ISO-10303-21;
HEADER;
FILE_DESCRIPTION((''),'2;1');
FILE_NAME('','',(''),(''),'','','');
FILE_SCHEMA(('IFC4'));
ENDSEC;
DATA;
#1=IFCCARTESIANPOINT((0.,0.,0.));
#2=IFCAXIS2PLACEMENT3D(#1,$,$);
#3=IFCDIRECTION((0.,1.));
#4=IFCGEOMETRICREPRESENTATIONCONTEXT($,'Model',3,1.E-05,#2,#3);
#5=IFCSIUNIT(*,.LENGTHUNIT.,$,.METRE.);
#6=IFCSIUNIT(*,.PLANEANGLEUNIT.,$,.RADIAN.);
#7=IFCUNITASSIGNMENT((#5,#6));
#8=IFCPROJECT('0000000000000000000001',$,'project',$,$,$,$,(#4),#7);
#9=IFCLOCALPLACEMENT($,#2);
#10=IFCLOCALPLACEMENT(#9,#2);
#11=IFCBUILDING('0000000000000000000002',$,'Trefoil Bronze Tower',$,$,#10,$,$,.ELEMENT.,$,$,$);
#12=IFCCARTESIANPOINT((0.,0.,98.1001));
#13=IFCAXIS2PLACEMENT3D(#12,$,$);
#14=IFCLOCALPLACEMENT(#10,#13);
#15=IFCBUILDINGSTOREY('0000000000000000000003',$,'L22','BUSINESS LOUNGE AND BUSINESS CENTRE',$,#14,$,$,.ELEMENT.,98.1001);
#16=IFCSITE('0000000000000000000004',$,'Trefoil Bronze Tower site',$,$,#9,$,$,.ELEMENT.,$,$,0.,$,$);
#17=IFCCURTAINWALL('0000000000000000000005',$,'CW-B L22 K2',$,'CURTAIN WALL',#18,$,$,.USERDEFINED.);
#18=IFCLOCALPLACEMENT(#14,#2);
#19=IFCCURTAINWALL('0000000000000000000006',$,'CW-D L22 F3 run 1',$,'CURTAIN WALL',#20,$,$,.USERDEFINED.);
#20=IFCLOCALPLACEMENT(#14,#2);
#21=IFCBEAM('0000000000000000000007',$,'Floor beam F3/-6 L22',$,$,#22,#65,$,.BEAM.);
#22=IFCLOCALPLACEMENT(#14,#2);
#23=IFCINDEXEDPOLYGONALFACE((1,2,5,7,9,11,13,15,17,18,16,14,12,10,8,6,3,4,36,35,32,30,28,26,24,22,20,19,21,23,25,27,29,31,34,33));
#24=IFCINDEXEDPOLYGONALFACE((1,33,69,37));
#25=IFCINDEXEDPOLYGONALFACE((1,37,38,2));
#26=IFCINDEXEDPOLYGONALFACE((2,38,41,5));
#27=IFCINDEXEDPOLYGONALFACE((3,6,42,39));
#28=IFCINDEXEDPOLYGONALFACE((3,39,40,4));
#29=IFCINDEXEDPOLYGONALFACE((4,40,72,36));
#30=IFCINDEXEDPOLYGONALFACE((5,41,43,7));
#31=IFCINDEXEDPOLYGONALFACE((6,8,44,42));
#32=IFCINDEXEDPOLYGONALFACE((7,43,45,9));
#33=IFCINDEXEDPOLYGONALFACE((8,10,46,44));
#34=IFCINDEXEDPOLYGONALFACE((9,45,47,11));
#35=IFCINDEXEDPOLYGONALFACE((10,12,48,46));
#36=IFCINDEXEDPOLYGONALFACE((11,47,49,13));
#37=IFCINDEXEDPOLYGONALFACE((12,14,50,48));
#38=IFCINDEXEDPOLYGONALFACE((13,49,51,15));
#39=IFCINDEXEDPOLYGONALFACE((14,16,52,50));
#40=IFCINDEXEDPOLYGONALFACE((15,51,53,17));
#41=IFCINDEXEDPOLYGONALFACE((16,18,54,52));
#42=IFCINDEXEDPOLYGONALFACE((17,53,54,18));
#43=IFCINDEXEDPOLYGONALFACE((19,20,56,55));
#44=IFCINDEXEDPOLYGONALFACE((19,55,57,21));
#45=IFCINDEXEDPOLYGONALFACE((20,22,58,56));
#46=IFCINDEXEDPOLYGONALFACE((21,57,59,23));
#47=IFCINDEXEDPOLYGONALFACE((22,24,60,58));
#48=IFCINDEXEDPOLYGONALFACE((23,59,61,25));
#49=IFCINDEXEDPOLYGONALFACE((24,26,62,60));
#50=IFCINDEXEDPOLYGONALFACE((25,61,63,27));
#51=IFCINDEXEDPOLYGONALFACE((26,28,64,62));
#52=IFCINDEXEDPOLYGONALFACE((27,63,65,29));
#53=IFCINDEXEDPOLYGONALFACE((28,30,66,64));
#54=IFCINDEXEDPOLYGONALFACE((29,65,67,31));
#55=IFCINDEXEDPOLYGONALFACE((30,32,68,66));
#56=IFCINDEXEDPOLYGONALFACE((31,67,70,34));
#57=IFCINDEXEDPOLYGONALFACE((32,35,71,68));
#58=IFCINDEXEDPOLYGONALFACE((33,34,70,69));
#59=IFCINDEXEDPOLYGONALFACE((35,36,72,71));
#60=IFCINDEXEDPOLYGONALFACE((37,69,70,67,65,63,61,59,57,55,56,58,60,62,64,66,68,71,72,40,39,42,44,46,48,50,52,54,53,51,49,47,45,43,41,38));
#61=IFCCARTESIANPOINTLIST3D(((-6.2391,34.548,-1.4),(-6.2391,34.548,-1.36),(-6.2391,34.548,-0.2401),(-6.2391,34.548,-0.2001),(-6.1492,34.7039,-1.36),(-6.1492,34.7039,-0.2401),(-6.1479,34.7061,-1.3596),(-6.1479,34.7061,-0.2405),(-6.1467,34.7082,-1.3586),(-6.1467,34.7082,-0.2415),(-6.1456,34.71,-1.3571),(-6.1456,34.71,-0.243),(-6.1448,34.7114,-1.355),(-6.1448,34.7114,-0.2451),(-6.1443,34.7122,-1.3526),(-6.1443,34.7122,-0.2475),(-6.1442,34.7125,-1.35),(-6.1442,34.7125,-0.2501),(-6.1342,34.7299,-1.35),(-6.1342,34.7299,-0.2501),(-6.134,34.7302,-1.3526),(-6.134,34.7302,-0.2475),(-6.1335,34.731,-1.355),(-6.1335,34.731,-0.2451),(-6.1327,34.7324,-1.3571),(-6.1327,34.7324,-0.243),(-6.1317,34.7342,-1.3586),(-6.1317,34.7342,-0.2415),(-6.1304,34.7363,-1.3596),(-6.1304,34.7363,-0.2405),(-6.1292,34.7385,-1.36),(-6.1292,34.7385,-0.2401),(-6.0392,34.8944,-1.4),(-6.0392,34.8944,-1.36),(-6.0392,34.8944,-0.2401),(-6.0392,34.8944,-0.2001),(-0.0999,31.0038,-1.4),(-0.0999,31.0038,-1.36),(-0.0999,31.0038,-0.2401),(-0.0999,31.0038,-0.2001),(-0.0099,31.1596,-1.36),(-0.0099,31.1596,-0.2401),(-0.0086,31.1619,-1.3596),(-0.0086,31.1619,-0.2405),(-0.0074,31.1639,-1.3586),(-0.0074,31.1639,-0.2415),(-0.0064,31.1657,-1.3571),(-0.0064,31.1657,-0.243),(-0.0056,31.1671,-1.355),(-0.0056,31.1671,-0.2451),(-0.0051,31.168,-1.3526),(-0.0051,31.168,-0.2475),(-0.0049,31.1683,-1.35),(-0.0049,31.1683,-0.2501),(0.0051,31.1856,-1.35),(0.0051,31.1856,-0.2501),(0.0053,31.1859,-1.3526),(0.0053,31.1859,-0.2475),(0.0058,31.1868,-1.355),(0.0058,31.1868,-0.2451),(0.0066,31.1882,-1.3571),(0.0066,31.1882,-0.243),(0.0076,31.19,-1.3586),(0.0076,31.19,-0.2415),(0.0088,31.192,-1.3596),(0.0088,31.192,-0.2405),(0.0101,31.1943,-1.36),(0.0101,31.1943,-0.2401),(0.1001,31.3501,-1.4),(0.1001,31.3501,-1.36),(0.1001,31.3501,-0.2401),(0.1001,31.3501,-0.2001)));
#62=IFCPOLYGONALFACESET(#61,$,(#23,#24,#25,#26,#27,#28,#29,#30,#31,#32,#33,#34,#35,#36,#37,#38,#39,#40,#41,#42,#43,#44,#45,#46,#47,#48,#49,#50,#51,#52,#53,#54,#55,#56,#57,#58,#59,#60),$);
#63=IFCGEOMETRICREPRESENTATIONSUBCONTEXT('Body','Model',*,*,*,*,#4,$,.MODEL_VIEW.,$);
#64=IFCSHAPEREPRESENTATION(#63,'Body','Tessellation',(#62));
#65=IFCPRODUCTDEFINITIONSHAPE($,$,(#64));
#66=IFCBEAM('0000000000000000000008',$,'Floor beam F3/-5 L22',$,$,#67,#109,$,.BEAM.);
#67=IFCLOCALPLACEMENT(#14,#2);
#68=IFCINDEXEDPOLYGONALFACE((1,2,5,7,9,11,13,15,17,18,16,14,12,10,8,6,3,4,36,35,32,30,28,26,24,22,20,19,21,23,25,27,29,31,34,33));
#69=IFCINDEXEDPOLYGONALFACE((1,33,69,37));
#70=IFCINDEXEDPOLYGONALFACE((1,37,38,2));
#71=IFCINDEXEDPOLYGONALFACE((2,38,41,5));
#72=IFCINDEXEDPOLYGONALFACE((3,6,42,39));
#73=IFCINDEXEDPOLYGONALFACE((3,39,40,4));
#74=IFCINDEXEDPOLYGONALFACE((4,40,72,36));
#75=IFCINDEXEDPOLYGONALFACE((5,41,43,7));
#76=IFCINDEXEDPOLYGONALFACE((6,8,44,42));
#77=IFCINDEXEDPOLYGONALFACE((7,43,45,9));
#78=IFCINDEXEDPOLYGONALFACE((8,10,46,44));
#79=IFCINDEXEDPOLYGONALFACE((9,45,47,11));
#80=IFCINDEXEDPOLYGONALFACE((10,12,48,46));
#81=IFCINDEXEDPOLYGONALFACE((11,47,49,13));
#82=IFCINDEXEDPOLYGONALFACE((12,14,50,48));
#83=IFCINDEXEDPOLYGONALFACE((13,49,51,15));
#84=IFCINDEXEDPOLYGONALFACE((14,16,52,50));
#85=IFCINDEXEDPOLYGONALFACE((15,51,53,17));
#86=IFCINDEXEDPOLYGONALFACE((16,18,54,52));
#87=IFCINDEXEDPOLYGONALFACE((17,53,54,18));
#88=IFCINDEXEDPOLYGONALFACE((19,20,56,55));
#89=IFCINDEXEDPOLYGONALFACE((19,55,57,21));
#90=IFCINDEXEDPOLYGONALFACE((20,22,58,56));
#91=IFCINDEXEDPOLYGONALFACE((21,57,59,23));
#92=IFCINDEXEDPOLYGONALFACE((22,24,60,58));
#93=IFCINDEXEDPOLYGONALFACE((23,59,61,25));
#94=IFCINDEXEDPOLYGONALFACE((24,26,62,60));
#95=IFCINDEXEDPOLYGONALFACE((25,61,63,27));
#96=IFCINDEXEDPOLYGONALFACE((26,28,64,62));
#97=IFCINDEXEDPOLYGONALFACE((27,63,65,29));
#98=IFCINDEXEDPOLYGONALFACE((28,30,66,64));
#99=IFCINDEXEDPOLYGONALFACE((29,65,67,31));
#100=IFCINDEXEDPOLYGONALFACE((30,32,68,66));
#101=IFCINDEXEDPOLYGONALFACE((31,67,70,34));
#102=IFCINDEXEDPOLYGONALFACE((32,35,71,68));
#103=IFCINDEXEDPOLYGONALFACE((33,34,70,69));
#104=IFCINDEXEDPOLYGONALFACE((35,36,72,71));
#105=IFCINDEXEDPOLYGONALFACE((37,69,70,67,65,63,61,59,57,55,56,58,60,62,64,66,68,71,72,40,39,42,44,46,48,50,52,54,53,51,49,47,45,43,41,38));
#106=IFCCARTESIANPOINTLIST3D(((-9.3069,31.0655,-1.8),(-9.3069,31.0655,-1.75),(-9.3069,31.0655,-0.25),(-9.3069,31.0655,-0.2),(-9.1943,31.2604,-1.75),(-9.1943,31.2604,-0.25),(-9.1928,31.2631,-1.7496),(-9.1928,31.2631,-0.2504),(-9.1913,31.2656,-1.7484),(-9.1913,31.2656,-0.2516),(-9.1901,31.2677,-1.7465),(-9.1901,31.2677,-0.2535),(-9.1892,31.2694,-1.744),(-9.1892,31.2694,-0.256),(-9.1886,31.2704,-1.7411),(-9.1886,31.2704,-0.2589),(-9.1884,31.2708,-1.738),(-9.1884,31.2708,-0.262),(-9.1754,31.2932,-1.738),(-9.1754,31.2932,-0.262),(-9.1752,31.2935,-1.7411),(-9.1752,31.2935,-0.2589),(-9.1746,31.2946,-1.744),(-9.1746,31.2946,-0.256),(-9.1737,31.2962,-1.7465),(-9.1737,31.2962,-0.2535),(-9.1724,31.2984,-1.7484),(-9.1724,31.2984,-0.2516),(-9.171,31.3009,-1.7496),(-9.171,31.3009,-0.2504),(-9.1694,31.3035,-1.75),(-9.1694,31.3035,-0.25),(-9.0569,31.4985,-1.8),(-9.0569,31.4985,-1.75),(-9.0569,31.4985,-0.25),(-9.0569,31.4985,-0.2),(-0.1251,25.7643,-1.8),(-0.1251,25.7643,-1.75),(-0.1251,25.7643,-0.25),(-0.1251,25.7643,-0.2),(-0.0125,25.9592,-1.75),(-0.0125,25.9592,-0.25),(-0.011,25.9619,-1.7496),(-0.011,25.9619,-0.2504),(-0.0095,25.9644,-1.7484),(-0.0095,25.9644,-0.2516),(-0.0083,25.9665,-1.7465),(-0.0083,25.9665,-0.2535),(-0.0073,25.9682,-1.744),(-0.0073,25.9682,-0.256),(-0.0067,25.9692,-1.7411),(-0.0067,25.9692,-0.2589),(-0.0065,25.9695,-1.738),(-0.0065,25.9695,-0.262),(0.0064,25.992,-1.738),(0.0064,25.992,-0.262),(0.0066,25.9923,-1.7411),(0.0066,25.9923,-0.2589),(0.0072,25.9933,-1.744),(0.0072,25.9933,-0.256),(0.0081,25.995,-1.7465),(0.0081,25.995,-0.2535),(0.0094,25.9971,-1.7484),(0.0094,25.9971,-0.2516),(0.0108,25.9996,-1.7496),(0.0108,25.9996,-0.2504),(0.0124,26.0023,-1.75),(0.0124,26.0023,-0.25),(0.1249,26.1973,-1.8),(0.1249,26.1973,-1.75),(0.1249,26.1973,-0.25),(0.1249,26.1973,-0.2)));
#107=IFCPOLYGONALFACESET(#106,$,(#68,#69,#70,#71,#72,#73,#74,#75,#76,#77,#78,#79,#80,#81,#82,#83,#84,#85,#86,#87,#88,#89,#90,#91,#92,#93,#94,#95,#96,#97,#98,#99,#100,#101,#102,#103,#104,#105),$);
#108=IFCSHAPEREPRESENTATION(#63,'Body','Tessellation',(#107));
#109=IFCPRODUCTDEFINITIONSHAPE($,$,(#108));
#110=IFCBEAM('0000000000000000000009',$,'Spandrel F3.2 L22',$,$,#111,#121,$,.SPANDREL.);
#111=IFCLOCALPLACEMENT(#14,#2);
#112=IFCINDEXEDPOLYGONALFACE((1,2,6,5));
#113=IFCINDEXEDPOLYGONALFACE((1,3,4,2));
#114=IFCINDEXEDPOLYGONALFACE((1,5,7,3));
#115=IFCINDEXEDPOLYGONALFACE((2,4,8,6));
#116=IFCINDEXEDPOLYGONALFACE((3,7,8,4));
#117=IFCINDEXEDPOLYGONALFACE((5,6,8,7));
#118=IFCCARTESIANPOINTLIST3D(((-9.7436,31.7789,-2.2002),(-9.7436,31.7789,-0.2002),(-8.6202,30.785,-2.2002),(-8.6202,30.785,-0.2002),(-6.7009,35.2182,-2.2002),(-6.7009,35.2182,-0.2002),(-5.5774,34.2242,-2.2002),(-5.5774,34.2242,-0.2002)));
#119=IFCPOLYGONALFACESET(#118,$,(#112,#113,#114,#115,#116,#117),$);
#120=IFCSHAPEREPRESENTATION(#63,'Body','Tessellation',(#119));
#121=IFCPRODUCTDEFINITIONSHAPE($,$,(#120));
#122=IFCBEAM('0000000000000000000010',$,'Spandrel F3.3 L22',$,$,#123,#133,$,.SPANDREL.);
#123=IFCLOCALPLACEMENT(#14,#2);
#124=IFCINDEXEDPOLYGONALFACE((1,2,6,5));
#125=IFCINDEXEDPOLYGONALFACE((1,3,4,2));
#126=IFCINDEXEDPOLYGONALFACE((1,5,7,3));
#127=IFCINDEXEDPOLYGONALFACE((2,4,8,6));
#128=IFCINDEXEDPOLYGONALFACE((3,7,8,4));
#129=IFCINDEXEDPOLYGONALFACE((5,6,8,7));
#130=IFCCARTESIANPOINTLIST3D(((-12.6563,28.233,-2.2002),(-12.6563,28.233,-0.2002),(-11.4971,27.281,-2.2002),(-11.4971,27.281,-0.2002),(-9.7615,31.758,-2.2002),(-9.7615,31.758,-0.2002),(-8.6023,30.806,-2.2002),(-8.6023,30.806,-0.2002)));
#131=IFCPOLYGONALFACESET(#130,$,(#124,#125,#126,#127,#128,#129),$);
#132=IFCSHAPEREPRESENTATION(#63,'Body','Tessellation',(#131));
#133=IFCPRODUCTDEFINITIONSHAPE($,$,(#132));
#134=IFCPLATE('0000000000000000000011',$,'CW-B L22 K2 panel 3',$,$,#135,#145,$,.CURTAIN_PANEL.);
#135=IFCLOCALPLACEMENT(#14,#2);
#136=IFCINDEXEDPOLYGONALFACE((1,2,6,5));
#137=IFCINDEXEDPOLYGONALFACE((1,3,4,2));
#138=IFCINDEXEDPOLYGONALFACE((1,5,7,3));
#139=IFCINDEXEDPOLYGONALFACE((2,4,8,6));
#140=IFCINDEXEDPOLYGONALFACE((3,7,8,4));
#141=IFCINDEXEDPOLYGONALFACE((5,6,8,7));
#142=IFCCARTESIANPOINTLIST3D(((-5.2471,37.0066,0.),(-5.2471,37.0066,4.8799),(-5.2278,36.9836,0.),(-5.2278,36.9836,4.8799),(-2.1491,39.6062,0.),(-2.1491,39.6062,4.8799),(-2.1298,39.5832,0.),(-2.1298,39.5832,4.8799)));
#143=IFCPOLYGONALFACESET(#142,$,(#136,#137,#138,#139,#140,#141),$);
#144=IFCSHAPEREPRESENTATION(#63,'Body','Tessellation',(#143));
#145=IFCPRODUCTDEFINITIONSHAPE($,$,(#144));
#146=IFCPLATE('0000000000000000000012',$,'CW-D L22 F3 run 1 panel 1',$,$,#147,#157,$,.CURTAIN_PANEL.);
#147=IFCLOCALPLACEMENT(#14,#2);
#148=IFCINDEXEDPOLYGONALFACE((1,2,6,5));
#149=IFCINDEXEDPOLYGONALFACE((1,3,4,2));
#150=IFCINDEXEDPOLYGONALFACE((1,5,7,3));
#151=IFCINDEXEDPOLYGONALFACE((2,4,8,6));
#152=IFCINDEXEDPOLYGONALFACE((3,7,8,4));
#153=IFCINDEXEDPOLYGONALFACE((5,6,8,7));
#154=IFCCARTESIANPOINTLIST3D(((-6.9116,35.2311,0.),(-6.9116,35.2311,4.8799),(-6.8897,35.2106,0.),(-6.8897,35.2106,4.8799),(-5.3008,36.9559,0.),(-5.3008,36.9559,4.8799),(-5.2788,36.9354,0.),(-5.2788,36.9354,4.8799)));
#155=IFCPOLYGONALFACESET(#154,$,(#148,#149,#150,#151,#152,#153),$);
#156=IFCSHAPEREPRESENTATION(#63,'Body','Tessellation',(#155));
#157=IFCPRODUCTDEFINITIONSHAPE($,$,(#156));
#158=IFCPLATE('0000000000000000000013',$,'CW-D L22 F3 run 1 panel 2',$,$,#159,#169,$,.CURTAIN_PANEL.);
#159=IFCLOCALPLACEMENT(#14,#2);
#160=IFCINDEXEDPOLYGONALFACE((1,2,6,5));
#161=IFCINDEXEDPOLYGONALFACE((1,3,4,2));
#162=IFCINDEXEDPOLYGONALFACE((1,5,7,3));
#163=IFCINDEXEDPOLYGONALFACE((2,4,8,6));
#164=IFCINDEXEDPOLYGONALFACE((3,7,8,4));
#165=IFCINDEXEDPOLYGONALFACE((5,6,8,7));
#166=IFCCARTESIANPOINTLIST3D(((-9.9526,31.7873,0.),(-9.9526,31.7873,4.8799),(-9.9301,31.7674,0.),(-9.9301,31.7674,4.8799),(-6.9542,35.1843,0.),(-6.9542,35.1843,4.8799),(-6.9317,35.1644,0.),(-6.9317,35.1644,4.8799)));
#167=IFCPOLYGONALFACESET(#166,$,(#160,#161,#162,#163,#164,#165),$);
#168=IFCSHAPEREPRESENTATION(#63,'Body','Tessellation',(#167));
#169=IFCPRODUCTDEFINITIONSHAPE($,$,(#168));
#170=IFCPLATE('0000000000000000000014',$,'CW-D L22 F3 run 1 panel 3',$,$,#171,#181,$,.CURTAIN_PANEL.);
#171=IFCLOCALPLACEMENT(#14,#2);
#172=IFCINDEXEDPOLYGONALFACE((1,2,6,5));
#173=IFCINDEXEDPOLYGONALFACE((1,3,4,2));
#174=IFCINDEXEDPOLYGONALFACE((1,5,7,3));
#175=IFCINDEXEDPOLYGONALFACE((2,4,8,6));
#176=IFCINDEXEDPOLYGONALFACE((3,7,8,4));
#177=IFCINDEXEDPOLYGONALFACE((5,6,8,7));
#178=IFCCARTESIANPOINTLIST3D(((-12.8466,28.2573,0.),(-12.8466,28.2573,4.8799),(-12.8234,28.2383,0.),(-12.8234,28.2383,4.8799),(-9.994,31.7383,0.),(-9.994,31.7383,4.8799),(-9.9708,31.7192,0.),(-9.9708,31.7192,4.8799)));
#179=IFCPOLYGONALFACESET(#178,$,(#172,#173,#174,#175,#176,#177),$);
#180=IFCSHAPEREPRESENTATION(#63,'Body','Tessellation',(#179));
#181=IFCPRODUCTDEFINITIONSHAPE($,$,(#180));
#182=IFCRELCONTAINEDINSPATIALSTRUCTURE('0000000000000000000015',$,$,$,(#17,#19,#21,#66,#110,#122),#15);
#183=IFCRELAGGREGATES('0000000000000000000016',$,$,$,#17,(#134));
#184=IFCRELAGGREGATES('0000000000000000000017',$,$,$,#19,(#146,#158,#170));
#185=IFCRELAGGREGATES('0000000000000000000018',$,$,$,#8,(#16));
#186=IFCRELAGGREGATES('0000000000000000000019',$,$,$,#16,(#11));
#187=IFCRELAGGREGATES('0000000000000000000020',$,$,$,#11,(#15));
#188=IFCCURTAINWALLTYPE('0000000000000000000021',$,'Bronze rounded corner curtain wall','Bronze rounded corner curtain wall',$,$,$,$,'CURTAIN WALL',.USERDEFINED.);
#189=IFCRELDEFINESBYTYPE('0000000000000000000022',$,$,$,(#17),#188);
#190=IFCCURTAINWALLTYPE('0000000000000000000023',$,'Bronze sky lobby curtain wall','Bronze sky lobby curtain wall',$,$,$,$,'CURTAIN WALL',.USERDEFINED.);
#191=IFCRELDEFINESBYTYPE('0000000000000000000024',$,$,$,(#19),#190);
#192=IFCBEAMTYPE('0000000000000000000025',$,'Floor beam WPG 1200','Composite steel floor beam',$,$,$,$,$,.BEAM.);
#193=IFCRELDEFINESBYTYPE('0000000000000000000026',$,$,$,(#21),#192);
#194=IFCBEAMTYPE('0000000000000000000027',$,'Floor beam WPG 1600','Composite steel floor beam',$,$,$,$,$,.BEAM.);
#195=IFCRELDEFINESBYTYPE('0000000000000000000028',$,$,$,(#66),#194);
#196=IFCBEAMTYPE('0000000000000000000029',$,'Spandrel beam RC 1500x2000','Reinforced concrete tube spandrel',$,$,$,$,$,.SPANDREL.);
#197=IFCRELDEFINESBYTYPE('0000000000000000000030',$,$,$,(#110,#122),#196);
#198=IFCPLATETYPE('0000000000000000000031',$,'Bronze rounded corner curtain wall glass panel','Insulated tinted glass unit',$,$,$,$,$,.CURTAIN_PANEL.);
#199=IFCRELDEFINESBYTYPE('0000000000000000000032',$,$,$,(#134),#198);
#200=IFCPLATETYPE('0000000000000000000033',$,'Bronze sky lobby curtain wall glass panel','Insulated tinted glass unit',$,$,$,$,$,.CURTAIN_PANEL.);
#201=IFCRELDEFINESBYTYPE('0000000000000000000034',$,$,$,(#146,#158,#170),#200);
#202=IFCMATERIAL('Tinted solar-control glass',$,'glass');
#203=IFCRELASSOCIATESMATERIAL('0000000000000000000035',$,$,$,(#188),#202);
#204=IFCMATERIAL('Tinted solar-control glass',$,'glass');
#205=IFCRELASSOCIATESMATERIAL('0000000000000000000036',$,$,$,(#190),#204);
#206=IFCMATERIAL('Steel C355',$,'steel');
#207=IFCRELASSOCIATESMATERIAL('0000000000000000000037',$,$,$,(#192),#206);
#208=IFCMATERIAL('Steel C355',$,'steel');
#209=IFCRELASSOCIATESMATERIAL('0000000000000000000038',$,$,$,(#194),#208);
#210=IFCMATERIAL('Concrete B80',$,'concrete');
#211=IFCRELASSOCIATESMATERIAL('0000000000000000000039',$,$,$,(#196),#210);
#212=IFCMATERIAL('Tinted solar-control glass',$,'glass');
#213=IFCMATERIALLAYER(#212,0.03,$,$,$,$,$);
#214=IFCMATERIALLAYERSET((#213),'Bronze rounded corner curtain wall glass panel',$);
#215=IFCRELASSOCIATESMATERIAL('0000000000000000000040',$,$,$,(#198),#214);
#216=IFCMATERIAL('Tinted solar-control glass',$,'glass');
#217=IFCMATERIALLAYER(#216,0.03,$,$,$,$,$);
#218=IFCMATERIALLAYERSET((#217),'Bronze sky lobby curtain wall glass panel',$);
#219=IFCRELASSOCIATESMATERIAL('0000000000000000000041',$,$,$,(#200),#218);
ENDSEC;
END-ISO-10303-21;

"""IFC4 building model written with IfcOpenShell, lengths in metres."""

from ifc_helpers import new_model, si_unit, direction, frame, origin, origin_2d, place, context, subcontext, project, spatial, rectangle, i_section, extrude, material, layer, layer_set, material_profile, profile_set, type_object, element, aggregate, save


model = new_model("IFC4")

# Units and contexts
model_context = context("Model", 3, precision=1e-05, world=origin(), true_north=direction((0.0, 1.0)))
body_context = subcontext(model_context, "Body", "Model", "MODEL_VIEW")
ifc_project = project(units=[si_unit("LENGTHUNIT", "METRE"), si_unit("PLANEANGLEUNIT", "RADIAN")], contexts=[model_context])

# Site, building, storey
site_placement = place(None, origin())
site = spatial("IfcSite", under=ifc_project, at=site_placement, Name="Trefoil Bronze Tower site", CompositionType="ELEMENT", RefElevation=0.0)
building_placement = place(site_placement, origin())
building = spatial("IfcBuilding", under=site, at=building_placement, Name="Trefoil Bronze Tower", CompositionType="ELEMENT")
storey_placement = place(building_placement, frame((0.0, 0.0, 98.1001)))
storey = spatial("IfcBuildingStorey", under=building, at=storey_placement, Name="L22", Description="BUSINESS LOUNGE AND BUSINESS CENTRE", CompositionType="ELEMENT", Elevation=98.1001)

# Curtain walls
ifc_material_1 = material(Name="Tinted solar-control glass", Category="glass")
curtain_wall_type_1 = type_object("IfcCurtainWallType", Name="Bronze rounded corner curtain wall", Description="Bronze rounded corner curtain wall", ElementType="CURTAIN WALL", PredefinedType="USERDEFINED", material=ifc_material_1)
curtain_wall_1_placement = place(storey_placement, origin())
curtain_wall_1 = element("IfcCurtainWall", 1, at=curtain_wall_1_placement, inside=storey, type_object=curtain_wall_type_1, Name="CW-B L22 K2", ObjectType="CURTAIN WALL", PredefinedType="USERDEFINED")
ifc_material_2 = material(Name="Tinted solar-control glass", Category="glass")
curtain_wall_type_2 = type_object("IfcCurtainWallType", Name="Bronze sky lobby curtain wall", Description="Bronze sky lobby curtain wall", ElementType="CURTAIN WALL", PredefinedType="USERDEFINED", material=ifc_material_2)
curtain_wall_2_placement = place(storey_placement, origin())
curtain_wall_2 = element("IfcCurtainWall", 2, at=curtain_wall_2_placement, inside=storey, type_object=curtain_wall_type_2, Name="CW-D L22 F3 run 1", ObjectType="CURTAIN WALL", PredefinedType="USERDEFINED")

# Beams
ifc_material_3 = material(Name="Steel C355", Category="steel")
ifc_material_profile_1 = material_profile(ifc_material_3, i_section(OverallWidth=0.3999, OverallDepth=1.2, WebThickness=0.02, FlangeThickness=0.04, FilletRadius=0.01, at=origin_2d()), Name="WPG 1200")
ifc_profile_set_1 = profile_set([ifc_material_profile_1], Name="Steel C355")
beam_type_1 = type_object("IfcBeamType", Name="Floor beam WPG 1200", Description="Composite steel floor beam", PredefinedType="BEAM", material=ifc_profile_set_1)
beam_1_placement = place(storey_placement, frame((-6.1392, 34.7212, -0.8), z_axis=(0.866041, -0.499973, 0.0), x_axis=(0.499973, 0.866041, 0.0)))
element("IfcBeam", 3, at=beam_1_placement, inside=storey, type_object=beam_type_1, Name="Floor beam F3/-6 L22", PredefinedType="BEAM", context=body_context, shape_type="SweptSolid", body=[
    extrude(i_section(OverallWidth=0.3999, OverallDepth=1.2, WebThickness=0.02, FlangeThickness=0.04, FilletRadius=0.01, at=origin_2d()), origin(), (0.0, 0.0, 1.0), 7.0889),
])
ifc_material_4 = material(Name="Steel C355", Category="steel")
ifc_material_profile_2 = material_profile(ifc_material_4, i_section(OverallWidth=0.5, OverallDepth=1.6001, WebThickness=0.0259, FlangeThickness=0.05, FilletRadius=0.012, at=origin_2d()), Name="WPG 1600")
ifc_profile_set_2 = profile_set([ifc_material_profile_2], Name="Steel C355")
beam_type_2 = type_object("IfcBeamType", Name="Floor beam WPG 1600", Description="Composite steel floor beam", PredefinedType="BEAM", material=ifc_profile_set_2)
beam_2_placement = place(storey_placement, frame((-9.1819, 31.282, -1.0), z_axis=(0.866021, -0.500007, 0.0), x_axis=(0.500007, 0.866021, 0.0)))
element("IfcBeam", 4, at=beam_2_placement, inside=storey, type_object=beam_type_2, Name="Floor beam F3/-5 L22", PredefinedType="BEAM", context=body_context, shape_type="SweptSolid", body=[
    extrude(i_section(OverallWidth=0.5, OverallDepth=1.6001, WebThickness=0.0259, FlangeThickness=0.05, FilletRadius=0.012, at=origin_2d()), origin(), (0.0, 0.0, 1.0), 10.6023),
])
ifc_material_5 = material(Name="Concrete B80", Category="concrete")
ifc_material_profile_3 = material_profile(ifc_material_5, rectangle(XDim=1.5, YDim=2.0, at=origin_2d()), Name="RC 1500x2000")
ifc_profile_set_3 = profile_set([ifc_material_profile_3], Name="Concrete B80")
beam_type_3 = type_object("IfcBeamType", Name="Spandrel beam RC 1500x2000", Description="Reinforced concrete tube spandrel", PredefinedType="SPANDREL", material=ifc_profile_set_3)
beam_3_placement = place(storey_placement, frame((-6.1392, 34.7212, -1.2002), z_axis=(-0.662616, -0.748959, 0.0), x_axis=(0.748959, -0.662616, 0.0)))
element("IfcBeam", 5, at=beam_3_placement, inside=storey, type_object=beam_type_3, Name="Spandrel F3.2 L22", PredefinedType="SPANDREL", context=body_context, shape_type="SweptSolid", body=[
    extrude(rectangle(XDim=1.5, YDim=2.0, at=origin_2d()), origin(), (0.0, 0.0, 1.0), 4.592),
])
beam_4_placement = place(storey_placement, frame((-9.1819, 31.282, -1.2002), z_axis=(-0.63465, -0.772799, 0.0), x_axis=(0.772799, -0.63465, 0.0)))
element("IfcBeam", 6, at=beam_4_placement, inside=storey, type_object=beam_type_3, Name="Spandrel F3.3 L22", PredefinedType="SPANDREL", context=body_context, shape_type="SweptSolid", body=[
    extrude(rectangle(XDim=1.5, YDim=2.0, at=origin_2d()), origin(), (0.0, 0.0, 1.0), 4.5613),
])

# Plates
ifc_material_6 = material(Name="Tinted solar-control glass", Category="glass")
ifc_layer_1 = layer(ifc_material_6, 0.03)
ifc_layer_set_1 = layer_set([ifc_layer_1], Name="Bronze rounded corner curtain wall glass panel")
plate_type_1 = type_object("IfcPlateType", Name="Bronze rounded corner curtain wall glass panel", Description="Insulated tinted glass unit", PredefinedType="CURTAIN_PANEL", material=ifc_layer_set_1)
plate_1_placement = place(storey_placement, frame((-3.6885, 38.2949, 0.0), z_axis=(0.0, 0.0, 1.0), x_axis=(-0.766044, -0.642788, 0.0)))
plate_1 = element("IfcPlate", 7, at=plate_1_placement, type_object=plate_type_1, Name="CW-B L22 K2 panel 3", PredefinedType="CURTAIN_PANEL", context=body_context, shape_type="SweptSolid", body=[
    extrude(rectangle(XDim=4.0442, YDim=0.03, at=origin_2d()), origin(), (0.0, 0.0, 1.0), 4.8799),
])
aggregate(curtain_wall_1, [plate_1])
ifc_material_7 = material(Name="Tinted solar-control glass", Category="glass")
ifc_layer_2 = layer(ifc_material_7, 0.03)
ifc_layer_set_2 = layer_set([ifc_layer_2], Name="Bronze sky lobby curtain wall glass panel")
plate_type_2 = type_object("IfcPlateType", Name="Bronze sky lobby curtain wall glass panel", Description="Insulated tinted glass unit", PredefinedType="CURTAIN_PANEL", material=ifc_layer_set_2)
plate_2_placement = place(storey_placement, frame((-6.0952, 36.0833, 0.0), z_axis=(0.0, 0.0, 1.0), x_axis=(-0.682536, -0.730852, 0.0)))
plate_2 = element("IfcPlate", 8, at=plate_2_placement, type_object=plate_type_2, Name="CW-D L22 F3 run 1 panel 1", PredefinedType="CURTAIN_PANEL", context=body_context, shape_type="SweptSolid", body=[
    extrude(rectangle(XDim=2.3601, YDim=0.03, at=origin_2d()), origin(), (0.0, 0.0, 1.0), 4.8799),
])
plate_3_placement = place(storey_placement, frame((-8.4421, 33.4758, 0.0), z_axis=(0.0, 0.0, 1.0), x_axis=(-0.661751, -0.749723, 0.0)))
plate_3 = element("IfcPlate", 9, at=plate_3_placement, type_object=plate_type_2, Name="CW-D L22 F3 run 1 panel 2", PredefinedType="CURTAIN_PANEL", context=body_context, shape_type="SweptSolid", body=[
    extrude(rectangle(XDim=4.531, YDim=0.03, at=origin_2d()), origin(), (0.0, 0.0, 1.0), 4.8799),
])
plate_4_placement = place(storey_placement, frame((-11.4087, 29.9883, 0.0), z_axis=(0.0, 0.0, 1.0), x_axis=(-0.63384, -0.773464, 0.0)))
plate_4 = element("IfcPlate", 10, at=plate_4_placement, type_object=plate_type_2, Name="CW-D L22 F3 run 1 panel 3", PredefinedType="CURTAIN_PANEL", context=body_context, shape_type="SweptSolid", body=[
    extrude(rectangle(XDim=4.5005, YDim=0.03, at=origin_2d()), origin(), (0.0, 0.0, 1.0), 4.8799),
])
aggregate(curtain_wall_2, [plate_2, plate_3, plate_4])

save(model, "model.ifc")
